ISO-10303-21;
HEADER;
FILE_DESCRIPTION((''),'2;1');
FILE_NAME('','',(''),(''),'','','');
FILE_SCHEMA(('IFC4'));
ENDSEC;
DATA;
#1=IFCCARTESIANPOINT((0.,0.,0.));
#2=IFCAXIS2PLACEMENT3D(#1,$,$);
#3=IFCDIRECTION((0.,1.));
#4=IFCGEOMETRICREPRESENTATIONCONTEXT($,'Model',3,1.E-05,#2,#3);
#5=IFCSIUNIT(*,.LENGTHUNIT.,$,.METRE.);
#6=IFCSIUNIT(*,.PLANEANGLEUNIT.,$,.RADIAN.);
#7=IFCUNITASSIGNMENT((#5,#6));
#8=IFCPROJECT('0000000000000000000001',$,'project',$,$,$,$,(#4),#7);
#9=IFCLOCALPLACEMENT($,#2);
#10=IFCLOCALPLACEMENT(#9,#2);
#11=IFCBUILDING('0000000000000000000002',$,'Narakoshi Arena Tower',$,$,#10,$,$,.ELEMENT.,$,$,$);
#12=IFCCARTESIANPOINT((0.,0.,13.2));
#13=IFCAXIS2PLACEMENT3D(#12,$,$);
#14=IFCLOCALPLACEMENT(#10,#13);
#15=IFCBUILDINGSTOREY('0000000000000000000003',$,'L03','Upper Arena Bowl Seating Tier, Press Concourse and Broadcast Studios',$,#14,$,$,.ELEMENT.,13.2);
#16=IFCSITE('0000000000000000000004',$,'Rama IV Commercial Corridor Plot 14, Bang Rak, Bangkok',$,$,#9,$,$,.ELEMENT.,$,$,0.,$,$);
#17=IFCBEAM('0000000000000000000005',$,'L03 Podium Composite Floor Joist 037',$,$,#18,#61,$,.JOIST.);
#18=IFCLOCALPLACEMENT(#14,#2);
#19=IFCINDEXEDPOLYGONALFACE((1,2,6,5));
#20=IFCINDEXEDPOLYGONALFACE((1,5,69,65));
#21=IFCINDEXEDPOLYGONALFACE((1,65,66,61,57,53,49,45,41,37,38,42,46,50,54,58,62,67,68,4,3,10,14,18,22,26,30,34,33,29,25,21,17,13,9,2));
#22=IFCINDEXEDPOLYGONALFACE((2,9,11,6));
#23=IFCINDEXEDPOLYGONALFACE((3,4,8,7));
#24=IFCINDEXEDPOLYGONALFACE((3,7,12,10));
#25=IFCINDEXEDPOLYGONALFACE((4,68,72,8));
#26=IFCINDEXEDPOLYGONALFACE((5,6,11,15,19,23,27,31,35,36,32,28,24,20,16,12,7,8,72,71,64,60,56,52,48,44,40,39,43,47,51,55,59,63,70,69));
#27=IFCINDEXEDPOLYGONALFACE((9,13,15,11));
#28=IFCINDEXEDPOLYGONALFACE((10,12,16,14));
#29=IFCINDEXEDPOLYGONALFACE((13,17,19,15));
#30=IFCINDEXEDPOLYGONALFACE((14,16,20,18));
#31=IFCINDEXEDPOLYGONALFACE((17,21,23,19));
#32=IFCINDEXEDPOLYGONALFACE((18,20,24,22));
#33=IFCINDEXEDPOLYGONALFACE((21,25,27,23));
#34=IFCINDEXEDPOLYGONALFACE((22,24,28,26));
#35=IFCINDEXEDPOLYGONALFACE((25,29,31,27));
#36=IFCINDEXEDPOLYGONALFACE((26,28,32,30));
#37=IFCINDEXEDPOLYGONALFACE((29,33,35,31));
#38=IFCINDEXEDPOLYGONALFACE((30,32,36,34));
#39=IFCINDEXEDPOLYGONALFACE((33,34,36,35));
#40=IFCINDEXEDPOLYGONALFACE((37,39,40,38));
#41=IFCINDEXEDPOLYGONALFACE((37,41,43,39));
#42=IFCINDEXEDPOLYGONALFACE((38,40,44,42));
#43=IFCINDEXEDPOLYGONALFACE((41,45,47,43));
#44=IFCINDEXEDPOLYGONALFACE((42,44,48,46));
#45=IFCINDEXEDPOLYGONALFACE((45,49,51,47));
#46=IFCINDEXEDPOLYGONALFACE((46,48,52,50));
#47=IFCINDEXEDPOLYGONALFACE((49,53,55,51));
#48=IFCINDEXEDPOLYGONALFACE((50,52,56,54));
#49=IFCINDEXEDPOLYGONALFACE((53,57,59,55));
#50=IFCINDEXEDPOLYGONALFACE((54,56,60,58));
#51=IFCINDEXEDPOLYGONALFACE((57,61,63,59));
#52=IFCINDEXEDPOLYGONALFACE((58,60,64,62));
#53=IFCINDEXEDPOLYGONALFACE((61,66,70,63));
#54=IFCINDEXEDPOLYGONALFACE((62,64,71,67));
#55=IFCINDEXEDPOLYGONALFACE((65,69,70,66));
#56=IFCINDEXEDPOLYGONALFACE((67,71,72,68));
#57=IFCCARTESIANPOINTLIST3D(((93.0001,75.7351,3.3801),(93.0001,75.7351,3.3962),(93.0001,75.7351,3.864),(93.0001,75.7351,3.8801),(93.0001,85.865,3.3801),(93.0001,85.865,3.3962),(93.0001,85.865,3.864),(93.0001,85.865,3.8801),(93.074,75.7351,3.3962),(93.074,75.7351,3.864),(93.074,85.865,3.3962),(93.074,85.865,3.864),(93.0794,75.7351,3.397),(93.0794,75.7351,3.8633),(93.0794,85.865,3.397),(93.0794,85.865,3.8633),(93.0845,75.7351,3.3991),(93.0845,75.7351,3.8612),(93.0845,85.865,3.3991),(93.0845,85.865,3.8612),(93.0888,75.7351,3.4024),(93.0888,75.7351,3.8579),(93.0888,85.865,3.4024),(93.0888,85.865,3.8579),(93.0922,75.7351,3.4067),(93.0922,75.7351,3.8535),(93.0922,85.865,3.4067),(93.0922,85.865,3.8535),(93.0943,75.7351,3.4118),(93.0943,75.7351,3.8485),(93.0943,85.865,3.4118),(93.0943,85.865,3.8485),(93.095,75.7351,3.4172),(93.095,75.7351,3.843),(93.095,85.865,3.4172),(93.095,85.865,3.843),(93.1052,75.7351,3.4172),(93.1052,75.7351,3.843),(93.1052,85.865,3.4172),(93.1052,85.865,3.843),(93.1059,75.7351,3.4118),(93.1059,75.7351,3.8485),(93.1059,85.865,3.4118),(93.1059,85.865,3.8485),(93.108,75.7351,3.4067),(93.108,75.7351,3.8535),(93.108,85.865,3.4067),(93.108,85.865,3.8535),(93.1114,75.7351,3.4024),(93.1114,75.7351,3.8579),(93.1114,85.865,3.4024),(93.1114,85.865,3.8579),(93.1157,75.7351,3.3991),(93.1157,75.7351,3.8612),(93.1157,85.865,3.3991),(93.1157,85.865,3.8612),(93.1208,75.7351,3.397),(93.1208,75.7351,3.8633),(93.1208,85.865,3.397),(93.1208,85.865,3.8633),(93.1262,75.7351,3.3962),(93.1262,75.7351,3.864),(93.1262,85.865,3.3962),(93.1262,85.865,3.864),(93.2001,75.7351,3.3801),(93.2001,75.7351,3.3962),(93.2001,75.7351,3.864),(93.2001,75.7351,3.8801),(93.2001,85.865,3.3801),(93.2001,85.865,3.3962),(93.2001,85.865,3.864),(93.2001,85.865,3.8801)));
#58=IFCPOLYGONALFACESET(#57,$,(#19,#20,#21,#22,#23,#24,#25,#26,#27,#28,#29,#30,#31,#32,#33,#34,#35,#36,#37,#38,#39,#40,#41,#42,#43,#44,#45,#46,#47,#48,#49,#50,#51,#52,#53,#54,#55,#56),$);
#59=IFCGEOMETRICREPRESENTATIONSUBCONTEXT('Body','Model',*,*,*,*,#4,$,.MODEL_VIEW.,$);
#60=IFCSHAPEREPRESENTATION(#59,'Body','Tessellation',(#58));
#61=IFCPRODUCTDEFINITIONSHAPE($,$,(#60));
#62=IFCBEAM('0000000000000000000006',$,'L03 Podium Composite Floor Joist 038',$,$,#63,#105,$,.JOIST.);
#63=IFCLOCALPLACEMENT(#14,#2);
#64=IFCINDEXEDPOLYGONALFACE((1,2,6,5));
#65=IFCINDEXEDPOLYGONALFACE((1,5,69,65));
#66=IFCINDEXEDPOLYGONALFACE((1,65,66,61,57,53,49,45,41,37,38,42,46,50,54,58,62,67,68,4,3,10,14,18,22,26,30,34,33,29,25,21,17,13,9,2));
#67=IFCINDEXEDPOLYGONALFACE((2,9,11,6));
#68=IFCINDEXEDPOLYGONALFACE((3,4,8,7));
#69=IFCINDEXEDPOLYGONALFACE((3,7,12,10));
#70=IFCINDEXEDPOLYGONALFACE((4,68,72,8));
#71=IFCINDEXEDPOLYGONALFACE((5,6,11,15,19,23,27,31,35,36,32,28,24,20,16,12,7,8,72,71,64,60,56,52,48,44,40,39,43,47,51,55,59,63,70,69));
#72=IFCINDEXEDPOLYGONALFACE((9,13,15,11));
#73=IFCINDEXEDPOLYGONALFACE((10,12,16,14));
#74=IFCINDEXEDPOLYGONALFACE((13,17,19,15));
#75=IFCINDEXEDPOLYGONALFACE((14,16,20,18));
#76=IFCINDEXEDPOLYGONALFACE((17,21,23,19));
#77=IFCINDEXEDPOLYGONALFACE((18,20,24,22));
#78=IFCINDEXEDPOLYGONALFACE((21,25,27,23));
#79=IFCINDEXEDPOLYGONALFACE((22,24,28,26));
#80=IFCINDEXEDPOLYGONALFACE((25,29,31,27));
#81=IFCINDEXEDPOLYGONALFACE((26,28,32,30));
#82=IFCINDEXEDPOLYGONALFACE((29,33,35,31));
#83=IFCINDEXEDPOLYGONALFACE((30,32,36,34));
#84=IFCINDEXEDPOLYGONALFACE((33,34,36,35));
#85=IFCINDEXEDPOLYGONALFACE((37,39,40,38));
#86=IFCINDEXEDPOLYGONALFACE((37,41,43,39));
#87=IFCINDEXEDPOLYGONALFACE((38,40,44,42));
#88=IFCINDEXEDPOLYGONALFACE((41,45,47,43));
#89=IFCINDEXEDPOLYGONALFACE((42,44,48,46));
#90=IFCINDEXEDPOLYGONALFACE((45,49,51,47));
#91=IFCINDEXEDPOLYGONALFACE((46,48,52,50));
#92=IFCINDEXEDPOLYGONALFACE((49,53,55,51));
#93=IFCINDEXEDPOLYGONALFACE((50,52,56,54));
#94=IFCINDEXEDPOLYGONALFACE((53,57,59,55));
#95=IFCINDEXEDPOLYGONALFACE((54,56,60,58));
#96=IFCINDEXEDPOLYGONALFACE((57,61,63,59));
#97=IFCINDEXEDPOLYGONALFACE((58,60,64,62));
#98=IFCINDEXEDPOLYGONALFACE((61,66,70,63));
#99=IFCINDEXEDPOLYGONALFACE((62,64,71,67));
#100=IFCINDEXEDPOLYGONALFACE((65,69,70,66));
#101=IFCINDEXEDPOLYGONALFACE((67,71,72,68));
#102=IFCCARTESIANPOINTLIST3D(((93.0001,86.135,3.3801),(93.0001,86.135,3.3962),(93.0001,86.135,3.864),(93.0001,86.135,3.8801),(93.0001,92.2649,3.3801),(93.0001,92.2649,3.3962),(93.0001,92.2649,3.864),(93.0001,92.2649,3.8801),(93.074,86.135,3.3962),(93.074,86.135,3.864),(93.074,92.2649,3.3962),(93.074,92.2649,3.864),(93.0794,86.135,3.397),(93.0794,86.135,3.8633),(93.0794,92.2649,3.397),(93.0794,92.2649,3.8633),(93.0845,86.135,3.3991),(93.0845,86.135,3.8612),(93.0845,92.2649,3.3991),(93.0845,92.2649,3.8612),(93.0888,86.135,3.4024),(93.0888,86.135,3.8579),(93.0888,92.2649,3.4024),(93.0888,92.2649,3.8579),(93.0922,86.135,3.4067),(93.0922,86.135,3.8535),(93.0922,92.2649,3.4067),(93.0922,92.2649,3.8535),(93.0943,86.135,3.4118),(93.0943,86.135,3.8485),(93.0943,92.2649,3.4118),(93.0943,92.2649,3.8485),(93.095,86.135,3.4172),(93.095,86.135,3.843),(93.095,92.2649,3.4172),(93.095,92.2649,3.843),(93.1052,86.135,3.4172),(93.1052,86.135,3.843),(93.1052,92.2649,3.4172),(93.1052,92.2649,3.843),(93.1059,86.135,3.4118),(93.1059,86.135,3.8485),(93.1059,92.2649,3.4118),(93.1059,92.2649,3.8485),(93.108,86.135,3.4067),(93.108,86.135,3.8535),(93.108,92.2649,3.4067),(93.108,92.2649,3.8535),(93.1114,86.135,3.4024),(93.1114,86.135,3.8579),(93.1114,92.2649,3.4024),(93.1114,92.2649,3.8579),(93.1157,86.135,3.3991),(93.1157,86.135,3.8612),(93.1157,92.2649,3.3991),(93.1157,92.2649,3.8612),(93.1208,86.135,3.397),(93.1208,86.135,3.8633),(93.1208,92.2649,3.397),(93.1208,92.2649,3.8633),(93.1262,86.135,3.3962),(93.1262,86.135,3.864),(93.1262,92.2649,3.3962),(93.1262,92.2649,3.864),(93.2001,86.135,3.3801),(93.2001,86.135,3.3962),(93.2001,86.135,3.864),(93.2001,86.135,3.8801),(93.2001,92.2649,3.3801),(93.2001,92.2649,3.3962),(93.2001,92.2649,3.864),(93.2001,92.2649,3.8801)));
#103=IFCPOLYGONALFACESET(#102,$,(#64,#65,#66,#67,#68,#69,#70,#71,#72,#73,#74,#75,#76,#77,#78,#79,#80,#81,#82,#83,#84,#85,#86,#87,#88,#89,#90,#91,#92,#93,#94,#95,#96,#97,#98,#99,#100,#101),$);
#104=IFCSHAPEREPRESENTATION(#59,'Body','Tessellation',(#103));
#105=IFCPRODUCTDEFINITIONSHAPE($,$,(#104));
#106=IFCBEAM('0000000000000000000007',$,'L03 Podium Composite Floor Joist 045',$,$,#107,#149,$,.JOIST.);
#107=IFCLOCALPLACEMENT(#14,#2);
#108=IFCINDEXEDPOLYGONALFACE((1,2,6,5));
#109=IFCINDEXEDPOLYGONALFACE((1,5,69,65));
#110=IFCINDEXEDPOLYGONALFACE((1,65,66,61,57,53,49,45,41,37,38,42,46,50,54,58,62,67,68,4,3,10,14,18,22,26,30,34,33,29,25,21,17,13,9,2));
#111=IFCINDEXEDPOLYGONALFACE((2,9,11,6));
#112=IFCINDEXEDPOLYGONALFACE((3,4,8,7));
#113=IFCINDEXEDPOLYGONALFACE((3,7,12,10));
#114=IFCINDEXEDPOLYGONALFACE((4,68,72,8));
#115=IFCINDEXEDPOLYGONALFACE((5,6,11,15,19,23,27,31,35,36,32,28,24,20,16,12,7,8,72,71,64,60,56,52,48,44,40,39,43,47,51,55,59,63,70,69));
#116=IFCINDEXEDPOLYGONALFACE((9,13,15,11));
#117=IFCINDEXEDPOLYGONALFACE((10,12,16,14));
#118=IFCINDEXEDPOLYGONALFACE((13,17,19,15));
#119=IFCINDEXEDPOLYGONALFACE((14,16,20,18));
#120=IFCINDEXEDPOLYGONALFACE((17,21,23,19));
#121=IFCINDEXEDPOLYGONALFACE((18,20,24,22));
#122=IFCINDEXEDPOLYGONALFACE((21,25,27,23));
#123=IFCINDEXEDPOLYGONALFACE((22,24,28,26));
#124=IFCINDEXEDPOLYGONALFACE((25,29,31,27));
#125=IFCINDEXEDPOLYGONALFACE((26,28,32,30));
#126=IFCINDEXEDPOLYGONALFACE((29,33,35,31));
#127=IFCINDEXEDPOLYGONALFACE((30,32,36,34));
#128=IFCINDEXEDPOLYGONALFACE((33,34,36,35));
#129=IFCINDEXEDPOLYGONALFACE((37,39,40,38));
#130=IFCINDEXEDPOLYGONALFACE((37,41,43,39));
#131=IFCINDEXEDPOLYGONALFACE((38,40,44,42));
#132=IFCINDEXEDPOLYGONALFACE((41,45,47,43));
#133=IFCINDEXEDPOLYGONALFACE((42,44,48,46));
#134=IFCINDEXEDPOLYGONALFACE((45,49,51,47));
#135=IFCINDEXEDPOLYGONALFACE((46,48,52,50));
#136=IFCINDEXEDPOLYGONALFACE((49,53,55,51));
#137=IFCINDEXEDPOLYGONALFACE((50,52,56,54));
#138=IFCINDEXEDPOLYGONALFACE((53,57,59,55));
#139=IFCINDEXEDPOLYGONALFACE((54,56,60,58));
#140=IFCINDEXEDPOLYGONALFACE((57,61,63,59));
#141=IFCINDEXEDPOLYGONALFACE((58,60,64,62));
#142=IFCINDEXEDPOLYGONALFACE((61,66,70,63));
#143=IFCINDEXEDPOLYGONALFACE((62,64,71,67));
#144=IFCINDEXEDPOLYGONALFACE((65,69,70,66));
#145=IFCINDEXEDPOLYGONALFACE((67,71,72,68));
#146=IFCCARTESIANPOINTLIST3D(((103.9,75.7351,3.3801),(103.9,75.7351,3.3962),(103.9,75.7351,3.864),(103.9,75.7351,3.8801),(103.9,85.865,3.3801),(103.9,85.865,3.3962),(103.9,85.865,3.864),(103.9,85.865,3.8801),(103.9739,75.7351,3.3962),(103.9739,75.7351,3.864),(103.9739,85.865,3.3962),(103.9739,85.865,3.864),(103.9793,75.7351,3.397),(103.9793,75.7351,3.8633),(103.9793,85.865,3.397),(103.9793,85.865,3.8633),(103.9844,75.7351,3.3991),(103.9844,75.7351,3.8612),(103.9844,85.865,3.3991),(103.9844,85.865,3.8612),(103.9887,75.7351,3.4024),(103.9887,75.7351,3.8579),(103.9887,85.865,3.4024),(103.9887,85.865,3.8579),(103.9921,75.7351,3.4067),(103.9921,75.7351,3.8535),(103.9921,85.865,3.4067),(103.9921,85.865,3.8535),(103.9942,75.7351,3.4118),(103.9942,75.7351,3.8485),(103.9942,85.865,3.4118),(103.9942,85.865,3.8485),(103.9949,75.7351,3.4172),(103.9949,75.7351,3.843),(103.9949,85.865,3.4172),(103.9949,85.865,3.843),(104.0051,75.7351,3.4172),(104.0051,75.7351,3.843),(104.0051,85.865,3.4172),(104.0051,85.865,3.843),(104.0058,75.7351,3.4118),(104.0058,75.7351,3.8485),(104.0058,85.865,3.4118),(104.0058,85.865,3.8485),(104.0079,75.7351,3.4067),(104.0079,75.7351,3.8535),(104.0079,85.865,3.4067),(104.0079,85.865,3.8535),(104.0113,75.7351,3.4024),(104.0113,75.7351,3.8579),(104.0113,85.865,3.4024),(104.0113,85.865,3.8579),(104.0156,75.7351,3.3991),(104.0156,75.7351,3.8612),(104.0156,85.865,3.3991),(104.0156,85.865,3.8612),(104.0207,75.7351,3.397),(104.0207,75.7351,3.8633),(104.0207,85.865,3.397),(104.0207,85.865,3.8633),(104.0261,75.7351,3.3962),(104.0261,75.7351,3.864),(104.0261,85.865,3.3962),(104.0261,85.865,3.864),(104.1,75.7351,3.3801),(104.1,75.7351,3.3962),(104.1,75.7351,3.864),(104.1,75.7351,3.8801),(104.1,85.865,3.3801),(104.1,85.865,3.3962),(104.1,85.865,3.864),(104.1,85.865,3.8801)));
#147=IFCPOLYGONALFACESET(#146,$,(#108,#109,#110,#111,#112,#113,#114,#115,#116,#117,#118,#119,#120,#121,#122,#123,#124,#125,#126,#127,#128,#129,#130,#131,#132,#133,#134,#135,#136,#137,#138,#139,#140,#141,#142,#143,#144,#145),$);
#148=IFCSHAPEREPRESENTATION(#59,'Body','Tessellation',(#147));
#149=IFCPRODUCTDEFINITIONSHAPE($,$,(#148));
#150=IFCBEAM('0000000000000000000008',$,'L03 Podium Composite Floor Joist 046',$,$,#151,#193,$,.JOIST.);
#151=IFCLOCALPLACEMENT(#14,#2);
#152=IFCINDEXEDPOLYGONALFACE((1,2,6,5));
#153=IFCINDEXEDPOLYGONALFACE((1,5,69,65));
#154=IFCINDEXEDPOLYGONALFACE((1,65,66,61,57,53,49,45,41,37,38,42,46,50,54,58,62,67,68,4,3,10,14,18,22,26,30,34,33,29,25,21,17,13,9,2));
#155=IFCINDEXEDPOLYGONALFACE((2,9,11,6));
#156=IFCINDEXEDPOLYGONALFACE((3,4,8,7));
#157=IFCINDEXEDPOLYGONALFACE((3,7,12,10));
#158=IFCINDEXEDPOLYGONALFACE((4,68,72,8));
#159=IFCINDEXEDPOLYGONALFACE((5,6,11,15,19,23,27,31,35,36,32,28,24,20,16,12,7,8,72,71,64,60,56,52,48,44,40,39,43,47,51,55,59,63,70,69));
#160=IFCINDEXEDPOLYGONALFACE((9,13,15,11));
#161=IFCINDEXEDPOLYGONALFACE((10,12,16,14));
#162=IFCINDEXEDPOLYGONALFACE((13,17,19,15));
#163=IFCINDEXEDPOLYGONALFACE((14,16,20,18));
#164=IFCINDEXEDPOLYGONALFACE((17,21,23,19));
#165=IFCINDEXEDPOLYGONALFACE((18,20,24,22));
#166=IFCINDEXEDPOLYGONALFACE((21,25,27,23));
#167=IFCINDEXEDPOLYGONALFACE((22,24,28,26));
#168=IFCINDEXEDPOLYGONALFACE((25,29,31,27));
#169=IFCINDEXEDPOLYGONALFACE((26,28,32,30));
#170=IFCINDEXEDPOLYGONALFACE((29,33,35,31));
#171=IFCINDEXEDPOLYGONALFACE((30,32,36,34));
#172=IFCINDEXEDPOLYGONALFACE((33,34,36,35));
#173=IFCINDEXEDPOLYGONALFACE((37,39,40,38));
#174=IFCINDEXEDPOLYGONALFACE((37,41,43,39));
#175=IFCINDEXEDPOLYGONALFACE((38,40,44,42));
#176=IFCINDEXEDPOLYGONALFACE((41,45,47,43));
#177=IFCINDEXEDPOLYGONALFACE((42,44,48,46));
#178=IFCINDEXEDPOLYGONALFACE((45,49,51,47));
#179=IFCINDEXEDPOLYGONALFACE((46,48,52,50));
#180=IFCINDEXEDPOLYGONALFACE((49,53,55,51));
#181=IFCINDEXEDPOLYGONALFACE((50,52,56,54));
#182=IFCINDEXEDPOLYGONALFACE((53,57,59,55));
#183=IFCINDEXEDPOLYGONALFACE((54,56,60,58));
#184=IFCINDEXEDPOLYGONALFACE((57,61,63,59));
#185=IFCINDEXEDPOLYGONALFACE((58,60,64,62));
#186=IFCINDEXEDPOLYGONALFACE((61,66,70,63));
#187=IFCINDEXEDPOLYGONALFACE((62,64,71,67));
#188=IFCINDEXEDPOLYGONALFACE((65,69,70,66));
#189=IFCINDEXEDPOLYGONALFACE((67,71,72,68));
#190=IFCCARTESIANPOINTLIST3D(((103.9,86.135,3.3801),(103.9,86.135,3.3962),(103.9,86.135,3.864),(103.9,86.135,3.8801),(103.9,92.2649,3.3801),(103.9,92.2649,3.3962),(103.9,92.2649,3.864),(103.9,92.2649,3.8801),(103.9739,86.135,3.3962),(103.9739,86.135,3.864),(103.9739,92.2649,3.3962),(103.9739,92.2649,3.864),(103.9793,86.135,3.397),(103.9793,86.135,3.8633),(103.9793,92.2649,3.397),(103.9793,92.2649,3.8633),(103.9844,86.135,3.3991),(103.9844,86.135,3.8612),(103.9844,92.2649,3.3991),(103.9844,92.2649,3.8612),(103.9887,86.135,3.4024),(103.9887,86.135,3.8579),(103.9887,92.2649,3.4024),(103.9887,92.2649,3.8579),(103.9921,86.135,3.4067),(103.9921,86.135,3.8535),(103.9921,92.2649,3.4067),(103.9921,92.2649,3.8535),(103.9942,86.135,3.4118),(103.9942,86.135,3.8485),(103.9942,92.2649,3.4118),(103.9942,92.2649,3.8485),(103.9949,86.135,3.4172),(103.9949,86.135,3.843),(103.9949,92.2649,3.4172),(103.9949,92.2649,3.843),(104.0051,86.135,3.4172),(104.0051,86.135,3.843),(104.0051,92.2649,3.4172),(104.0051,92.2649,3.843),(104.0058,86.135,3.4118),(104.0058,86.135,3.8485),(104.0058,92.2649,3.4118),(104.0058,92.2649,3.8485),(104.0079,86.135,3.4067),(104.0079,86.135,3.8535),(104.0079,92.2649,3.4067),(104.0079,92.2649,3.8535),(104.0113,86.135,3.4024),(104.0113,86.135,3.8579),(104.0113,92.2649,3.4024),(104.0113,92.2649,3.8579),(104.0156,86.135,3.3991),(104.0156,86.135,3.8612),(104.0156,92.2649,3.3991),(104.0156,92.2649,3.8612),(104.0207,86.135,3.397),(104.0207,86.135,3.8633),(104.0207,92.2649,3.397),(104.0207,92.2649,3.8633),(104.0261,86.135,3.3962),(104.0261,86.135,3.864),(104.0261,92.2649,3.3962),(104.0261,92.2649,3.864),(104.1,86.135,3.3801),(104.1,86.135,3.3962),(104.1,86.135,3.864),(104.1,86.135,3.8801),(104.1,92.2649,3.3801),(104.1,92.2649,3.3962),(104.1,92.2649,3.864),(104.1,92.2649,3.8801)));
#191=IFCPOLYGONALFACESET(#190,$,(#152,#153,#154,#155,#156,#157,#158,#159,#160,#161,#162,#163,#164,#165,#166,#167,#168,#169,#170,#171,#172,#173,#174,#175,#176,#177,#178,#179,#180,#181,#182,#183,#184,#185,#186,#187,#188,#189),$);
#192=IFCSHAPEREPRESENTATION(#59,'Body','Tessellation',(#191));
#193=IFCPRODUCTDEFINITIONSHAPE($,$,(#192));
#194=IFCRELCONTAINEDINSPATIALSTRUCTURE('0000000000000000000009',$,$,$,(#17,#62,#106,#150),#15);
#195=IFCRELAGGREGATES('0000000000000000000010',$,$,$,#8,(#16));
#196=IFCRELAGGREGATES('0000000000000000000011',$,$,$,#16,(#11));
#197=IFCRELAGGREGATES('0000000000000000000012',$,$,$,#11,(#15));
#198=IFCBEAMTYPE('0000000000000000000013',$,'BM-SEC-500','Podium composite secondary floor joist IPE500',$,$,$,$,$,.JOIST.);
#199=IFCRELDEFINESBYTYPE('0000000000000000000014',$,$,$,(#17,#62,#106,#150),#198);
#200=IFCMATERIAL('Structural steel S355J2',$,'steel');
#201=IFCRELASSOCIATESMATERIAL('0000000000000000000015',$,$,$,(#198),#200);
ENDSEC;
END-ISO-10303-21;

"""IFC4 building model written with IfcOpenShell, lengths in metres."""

from ifc_helpers import new_model, si_unit, direction, frame, origin, origin_2d, place, context, subcontext, project, spatial, i_section, extrude, material, material_profile, profile_set, type_object, element, save


model = new_model("IFC4")

# Units and contexts
model_context = context("Model", 3, precision=1e-05, world=origin(), true_north=direction((0.0, 1.0)))
body_context = subcontext(model_context, "Body", "Model", "MODEL_VIEW")
ifc_project = project(units=[si_unit("LENGTHUNIT", "METRE"), si_unit("PLANEANGLEUNIT", "RADIAN")], contexts=[model_context])

# Site, building, storey
site_placement = place(None, origin())
site = spatial("IfcSite", under=ifc_project, at=site_placement, Name="Rama IV Commercial Corridor Plot 14, Bang Rak, Bangkok", CompositionType="ELEMENT", RefElevation=0.0)
building_placement = place(site_placement, origin())
building = spatial("IfcBuilding", under=site, at=building_placement, Name="Narakoshi Arena Tower", CompositionType="ELEMENT")
storey_placement = place(building_placement, frame((0.0, 0.0, 13.2)))
storey = spatial("IfcBuildingStorey", under=building, at=storey_placement, Name="L03", Description="Upper Arena Bowl Seating Tier, Press Concourse and Broadcast Studios", CompositionType="ELEMENT", Elevation=13.2)

# Beams
ifc_material_1 = material(Name="Structural steel S355J2", Category="steel")
ifc_material_profile_1 = material_profile(ifc_material_1, i_section(OverallWidth=0.2, OverallDepth=0.5, WebThickness=0.0103, FlangeThickness=0.0161, FilletRadius=0.021, at=origin_2d()), Name="IPE500")
ifc_profile_set_1 = profile_set([ifc_material_profile_1], Name="Structural steel S355J2")
beam_type_1 = type_object("IfcBeamType", Name="BM-SEC-500", Description="Podium composite secondary floor joist IPE500", PredefinedType="JOIST", material=ifc_profile_set_1)
beam_1_placement = place(storey_placement, frame((93.1001, 75.7351, 3.6301), z_axis=(0.0, 1.0, 0.0), x_axis=(-1.0, 0.0, 0.0)))
element("IfcBeam", 1, at=beam_1_placement, inside=storey, type_object=beam_type_1, Name="L03 Podium Composite Floor Joist 037", PredefinedType="JOIST", context=body_context, shape_type="SweptSolid", body=[
    extrude(i_section(OverallWidth=0.2, OverallDepth=0.5, WebThickness=0.0103, FlangeThickness=0.0161, FilletRadius=0.021, at=origin_2d()), origin(), (0.0, 0.0, 1.0), 10.1299),
])
beam_2_placement = place(storey_placement, frame((93.1001, 86.135, 3.6301), z_axis=(0.0, 1.0, 0.0), x_axis=(-1.0, 0.0, 0.0)))
element("IfcBeam", 2, at=beam_2_placement, inside=storey, type_object=beam_type_1, Name="L03 Podium Composite Floor Joist 038", PredefinedType="JOIST", context=body_context, shape_type="SweptSolid", body=[
    extrude(i_section(OverallWidth=0.2, OverallDepth=0.5, WebThickness=0.0103, FlangeThickness=0.0161, FilletRadius=0.021, at=origin_2d()), origin(), (0.0, 0.0, 1.0), 6.1299),
])
beam_3_placement = place(storey_placement, frame((104.0, 75.7351, 3.6301), z_axis=(0.0, 1.0, 0.0), x_axis=(-1.0, 0.0, 0.0)))
element("IfcBeam", 3, at=beam_3_placement, inside=storey, type_object=beam_type_1, Name="L03 Podium Composite Floor Joist 045", PredefinedType="JOIST", context=body_context, shape_type="SweptSolid", body=[
    extrude(i_section(OverallWidth=0.2, OverallDepth=0.5, WebThickness=0.0103, FlangeThickness=0.0161, FilletRadius=0.021, at=origin_2d()), origin(), (0.0, 0.0, 1.0), 10.1299),
])
beam_4_placement = place(storey_placement, frame((104.0, 86.135, 3.6301), z_axis=(0.0, 1.0, 0.0), x_axis=(-1.0, 0.0, 0.0)))
element("IfcBeam", 4, at=beam_4_placement, inside=storey, type_object=beam_type_1, Name="L03 Podium Composite Floor Joist 046", PredefinedType="JOIST", context=body_context, shape_type="SweptSolid", body=[
    extrude(i_section(OverallWidth=0.2, OverallDepth=0.5, WebThickness=0.0103, FlangeThickness=0.0161, FilletRadius=0.021, at=origin_2d()), origin(), (0.0, 0.0, 1.0), 6.1299),
])

save(model, "model.ifc")
